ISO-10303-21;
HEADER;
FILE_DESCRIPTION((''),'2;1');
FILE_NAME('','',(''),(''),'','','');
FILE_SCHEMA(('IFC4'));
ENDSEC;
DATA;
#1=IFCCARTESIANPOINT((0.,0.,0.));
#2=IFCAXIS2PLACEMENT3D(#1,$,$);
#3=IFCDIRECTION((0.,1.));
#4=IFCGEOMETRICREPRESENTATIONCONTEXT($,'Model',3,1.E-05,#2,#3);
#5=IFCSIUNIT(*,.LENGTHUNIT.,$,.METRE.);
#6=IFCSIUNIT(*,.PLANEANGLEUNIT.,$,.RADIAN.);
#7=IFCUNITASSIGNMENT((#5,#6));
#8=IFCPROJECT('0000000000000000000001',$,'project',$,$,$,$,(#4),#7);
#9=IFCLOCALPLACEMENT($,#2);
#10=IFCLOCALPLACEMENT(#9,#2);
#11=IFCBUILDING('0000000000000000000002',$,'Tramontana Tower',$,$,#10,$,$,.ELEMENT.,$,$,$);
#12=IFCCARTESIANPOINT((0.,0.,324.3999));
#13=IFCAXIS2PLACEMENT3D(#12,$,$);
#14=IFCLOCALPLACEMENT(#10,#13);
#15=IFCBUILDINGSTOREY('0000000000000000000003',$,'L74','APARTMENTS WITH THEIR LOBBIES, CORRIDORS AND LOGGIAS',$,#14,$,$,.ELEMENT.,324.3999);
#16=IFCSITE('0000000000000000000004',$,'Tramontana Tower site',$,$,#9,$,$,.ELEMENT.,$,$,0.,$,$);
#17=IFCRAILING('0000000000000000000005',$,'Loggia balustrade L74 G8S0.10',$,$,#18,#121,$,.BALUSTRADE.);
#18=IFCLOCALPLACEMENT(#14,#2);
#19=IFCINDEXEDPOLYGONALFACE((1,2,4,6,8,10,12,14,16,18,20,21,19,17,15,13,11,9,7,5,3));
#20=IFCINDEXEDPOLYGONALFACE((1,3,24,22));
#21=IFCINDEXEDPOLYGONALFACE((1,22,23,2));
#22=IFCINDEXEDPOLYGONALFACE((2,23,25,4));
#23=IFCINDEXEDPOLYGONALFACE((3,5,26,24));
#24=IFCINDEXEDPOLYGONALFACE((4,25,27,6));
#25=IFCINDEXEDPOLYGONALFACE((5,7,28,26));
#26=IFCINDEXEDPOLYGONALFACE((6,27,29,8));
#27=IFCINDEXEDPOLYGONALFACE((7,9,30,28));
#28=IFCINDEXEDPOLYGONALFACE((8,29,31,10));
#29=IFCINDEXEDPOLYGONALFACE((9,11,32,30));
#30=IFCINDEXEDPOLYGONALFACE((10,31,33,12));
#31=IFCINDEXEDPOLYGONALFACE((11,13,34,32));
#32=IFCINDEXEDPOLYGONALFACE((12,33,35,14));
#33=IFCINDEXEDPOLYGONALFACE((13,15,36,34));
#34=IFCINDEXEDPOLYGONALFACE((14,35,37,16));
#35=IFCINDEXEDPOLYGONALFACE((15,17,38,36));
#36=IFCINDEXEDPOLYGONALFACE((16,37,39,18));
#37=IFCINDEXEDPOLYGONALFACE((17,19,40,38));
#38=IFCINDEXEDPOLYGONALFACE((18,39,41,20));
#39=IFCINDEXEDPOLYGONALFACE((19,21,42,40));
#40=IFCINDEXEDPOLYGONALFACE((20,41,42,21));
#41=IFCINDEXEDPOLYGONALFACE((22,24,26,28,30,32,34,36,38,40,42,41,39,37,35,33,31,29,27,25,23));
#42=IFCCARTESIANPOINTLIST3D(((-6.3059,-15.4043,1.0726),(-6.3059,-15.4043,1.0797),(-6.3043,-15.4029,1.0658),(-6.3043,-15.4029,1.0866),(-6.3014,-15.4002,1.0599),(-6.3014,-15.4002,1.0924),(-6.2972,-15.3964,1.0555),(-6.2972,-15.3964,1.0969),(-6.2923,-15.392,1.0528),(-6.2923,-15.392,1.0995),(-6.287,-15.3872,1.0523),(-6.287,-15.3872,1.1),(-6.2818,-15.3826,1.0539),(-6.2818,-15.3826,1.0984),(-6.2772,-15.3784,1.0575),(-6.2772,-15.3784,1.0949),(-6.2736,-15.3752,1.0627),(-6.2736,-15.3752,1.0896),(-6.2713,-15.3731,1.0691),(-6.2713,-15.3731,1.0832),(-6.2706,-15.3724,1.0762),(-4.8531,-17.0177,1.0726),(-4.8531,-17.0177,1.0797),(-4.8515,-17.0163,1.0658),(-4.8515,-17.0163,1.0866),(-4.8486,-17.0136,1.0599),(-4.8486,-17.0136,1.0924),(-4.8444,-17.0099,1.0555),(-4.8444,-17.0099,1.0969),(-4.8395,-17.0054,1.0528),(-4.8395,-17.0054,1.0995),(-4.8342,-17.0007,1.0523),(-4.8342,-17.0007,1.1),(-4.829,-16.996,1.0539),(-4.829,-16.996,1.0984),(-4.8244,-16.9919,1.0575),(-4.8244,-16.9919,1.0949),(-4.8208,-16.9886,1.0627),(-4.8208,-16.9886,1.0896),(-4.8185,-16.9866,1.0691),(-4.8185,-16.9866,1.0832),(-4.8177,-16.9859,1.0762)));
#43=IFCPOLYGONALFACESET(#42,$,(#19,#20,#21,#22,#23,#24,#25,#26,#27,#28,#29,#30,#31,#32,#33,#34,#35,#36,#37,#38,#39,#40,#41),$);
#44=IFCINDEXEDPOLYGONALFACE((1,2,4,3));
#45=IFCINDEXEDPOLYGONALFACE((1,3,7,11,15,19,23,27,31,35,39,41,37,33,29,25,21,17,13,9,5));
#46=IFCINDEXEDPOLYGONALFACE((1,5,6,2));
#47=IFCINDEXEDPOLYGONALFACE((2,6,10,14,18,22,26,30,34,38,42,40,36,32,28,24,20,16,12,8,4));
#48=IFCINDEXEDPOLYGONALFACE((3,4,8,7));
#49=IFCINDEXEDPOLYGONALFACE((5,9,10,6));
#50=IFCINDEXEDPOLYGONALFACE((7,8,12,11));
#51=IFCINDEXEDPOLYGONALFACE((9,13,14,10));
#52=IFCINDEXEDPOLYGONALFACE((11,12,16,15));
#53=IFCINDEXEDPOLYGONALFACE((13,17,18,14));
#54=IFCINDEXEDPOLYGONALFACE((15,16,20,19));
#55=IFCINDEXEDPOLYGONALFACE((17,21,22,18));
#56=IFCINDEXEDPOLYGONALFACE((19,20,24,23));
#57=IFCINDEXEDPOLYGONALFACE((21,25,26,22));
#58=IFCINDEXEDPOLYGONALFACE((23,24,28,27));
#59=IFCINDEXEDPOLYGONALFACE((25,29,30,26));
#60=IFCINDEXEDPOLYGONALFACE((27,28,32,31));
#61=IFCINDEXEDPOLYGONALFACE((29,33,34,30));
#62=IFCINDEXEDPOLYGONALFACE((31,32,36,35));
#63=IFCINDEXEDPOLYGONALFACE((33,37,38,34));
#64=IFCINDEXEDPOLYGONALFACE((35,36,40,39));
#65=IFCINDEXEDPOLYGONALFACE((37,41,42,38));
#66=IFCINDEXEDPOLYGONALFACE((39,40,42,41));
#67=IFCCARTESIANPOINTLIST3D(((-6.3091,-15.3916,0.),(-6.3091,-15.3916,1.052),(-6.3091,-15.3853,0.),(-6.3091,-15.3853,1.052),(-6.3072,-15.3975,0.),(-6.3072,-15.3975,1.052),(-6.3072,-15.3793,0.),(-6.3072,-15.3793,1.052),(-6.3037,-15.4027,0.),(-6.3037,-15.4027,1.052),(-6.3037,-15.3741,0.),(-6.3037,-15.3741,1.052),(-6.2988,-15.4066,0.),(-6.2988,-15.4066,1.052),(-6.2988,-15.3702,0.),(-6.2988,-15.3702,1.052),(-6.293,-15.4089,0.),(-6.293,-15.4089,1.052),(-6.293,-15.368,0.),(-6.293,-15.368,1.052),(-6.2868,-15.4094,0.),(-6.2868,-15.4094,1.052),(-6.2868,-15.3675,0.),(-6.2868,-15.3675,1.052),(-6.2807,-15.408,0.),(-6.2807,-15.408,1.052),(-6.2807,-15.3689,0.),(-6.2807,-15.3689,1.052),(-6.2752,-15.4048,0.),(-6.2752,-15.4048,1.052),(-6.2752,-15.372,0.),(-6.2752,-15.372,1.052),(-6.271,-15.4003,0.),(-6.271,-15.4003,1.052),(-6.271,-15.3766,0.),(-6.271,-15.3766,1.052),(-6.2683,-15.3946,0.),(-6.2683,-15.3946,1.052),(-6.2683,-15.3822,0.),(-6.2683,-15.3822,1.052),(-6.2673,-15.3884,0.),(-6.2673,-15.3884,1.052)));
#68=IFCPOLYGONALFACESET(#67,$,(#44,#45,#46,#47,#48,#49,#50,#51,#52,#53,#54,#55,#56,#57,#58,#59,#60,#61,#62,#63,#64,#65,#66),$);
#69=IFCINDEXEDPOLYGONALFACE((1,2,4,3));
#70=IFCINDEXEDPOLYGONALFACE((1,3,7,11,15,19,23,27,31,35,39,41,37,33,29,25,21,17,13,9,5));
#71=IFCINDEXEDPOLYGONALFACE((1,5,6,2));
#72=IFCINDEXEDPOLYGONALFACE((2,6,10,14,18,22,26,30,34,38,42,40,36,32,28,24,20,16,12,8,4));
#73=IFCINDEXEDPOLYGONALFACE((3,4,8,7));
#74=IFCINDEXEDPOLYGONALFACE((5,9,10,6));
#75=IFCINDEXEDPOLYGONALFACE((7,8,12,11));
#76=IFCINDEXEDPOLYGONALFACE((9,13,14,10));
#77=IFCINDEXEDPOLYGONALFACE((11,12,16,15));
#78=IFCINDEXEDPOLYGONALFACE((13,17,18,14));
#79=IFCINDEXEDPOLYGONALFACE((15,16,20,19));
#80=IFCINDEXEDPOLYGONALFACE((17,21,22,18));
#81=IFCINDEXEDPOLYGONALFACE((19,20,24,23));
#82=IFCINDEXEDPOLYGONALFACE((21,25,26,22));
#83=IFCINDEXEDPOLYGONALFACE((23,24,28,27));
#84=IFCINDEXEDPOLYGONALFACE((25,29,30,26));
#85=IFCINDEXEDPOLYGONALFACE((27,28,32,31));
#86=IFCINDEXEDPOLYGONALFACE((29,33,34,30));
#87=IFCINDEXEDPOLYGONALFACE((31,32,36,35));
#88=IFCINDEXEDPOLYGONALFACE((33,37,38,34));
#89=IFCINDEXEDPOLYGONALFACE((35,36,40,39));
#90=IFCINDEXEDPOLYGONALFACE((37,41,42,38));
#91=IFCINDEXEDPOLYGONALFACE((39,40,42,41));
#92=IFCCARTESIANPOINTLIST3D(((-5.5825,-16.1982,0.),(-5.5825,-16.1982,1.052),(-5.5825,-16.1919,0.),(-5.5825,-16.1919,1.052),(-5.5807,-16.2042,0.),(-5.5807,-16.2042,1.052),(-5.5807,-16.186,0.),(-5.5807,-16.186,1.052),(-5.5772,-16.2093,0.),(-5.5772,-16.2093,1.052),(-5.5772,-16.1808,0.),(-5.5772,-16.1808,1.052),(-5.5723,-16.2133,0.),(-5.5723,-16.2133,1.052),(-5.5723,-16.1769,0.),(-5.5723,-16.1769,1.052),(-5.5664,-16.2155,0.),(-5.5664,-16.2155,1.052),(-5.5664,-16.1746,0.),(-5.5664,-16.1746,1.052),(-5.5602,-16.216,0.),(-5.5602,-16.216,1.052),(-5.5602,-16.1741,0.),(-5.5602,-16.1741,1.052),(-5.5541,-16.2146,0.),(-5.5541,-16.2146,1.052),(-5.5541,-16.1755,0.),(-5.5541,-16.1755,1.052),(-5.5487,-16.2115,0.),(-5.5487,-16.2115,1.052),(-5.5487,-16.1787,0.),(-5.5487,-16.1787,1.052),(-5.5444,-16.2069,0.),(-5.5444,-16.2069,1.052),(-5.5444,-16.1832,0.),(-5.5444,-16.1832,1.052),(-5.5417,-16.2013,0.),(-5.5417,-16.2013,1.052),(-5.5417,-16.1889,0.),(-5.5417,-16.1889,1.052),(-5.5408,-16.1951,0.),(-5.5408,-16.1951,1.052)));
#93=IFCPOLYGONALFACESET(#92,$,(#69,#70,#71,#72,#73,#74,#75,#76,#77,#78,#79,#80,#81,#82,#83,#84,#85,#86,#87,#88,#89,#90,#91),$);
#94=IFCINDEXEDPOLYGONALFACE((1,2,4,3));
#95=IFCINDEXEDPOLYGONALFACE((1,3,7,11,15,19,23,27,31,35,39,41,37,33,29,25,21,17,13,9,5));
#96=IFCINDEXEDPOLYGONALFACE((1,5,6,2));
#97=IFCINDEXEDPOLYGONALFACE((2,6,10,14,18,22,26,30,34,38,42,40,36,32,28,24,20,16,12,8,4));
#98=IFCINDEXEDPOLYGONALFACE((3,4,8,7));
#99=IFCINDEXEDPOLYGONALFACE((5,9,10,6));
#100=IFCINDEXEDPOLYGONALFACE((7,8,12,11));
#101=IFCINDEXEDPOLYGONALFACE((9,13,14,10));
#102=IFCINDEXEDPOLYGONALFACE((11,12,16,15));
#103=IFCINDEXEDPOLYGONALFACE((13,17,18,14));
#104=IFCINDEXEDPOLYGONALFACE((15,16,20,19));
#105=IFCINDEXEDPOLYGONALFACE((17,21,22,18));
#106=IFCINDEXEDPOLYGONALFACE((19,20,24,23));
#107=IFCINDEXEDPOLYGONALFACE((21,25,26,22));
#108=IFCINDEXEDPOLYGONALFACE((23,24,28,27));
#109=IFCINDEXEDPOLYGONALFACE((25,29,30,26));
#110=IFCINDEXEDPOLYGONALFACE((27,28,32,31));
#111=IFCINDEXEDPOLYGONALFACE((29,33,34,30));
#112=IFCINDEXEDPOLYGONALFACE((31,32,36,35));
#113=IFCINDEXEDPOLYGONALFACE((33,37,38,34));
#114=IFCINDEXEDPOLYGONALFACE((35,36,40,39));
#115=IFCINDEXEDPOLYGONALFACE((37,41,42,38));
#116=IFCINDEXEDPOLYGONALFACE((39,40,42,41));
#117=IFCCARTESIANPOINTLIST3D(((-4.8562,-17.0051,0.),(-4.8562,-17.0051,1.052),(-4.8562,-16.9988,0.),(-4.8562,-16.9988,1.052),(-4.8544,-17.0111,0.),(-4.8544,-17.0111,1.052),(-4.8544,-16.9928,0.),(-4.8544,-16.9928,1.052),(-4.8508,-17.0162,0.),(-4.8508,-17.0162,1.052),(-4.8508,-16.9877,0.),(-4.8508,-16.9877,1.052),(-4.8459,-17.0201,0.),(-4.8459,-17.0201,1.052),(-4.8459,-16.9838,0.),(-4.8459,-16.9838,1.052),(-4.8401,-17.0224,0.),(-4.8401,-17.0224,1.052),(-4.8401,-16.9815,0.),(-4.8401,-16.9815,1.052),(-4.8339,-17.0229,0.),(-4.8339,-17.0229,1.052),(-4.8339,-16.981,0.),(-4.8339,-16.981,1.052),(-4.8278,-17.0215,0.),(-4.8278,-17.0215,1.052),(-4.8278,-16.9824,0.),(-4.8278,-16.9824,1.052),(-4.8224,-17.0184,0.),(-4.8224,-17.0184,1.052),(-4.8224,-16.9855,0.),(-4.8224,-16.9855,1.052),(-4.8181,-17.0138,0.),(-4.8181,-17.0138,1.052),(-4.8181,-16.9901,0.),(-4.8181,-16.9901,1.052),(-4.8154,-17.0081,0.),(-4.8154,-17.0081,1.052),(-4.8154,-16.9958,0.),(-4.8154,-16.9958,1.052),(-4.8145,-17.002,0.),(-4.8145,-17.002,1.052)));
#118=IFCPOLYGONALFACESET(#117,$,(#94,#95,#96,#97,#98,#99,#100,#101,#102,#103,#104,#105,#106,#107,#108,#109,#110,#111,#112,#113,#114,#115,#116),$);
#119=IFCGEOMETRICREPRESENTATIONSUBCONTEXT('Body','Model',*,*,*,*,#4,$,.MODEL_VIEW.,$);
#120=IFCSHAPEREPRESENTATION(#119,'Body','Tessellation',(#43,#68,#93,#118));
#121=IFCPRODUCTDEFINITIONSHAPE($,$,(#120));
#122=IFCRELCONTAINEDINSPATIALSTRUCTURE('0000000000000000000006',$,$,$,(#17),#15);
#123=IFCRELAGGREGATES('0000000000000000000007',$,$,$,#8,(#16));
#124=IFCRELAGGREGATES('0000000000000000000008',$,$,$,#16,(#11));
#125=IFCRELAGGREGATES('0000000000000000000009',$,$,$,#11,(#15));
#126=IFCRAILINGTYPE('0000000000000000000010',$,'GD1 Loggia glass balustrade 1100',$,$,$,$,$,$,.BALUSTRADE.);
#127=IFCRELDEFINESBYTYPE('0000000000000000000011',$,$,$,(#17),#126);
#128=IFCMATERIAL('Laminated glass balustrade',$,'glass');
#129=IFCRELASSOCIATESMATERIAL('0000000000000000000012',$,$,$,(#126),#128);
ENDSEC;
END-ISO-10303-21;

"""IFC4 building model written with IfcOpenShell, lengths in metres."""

from ifc_helpers import new_model, si_unit, direction, frame, origin, origin_2d, place, context, subcontext, project, spatial, circle, extrude, material, type_object, element, save


model = new_model("IFC4")

# Units and contexts
model_context = context("Model", 3, precision=1e-05, world=origin(), true_north=direction((0.0, 1.0)))
body_context = subcontext(model_context, "Body", "Model", "MODEL_VIEW")
ifc_project = project(units=[si_unit("LENGTHUNIT", "METRE"), si_unit("PLANEANGLEUNIT", "RADIAN")], contexts=[model_context])

# Site, building, storey
site_placement = place(None, origin())
site = spatial("IfcSite", under=ifc_project, at=site_placement, Name="Tramontana Tower site", CompositionType="ELEMENT", RefElevation=0.0)
building_placement = place(site_placement, origin())
building = spatial("IfcBuilding", under=site, at=building_placement, Name="Tramontana Tower", CompositionType="ELEMENT")
storey_placement = place(building_placement, frame((0.0, 0.0, 324.3999)))
storey = spatial("IfcBuildingStorey", under=building, at=storey_placement, Name="L74", Description="APARTMENTS WITH THEIR LOBBIES, CORRIDORS AND LOGGIAS", CompositionType="ELEMENT", Elevation=324.3999)

# Railing
ifc_material_1 = material(Name="Laminated glass balustrade", Category="glass")
railing_type = type_object("IfcRailingType", Name="GD1 Loggia glass balustrade 1100", PredefinedType="BALUSTRADE", material=ifc_material_1)
railing_1_placement = place(storey_placement, frame((-6.2883, -15.3884, 0.0)))
element("IfcRailing", 1, at=railing_1_placement, inside=storey, type_object=railing_type, Name="Loggia balustrade L74 G8S0.10", PredefinedType="BALUSTRADE", context=body_context, shape_type="SweptSolid", body=[
    extrude(circle(Radius=0.0239, at=origin_2d()), frame((0.0, 0.0, 1.0762), z_axis=(0.669145, -0.743132, 0.0), x_axis=(0.743132, 0.669145, 0.0)), (0.0, 0.0, 1.0), 2.1711),
    extrude(circle(Radius=0.021, at=origin_2d()), origin(), (0.0, 0.0, 1.0), 1.052),
    extrude(circle(Radius=0.021, at=origin_2d()), frame((0.7266, -0.8066, 0.0)), (0.0, 0.0, 1.0), 1.052),
    extrude(circle(Radius=0.021, at=origin_2d()), frame((1.4529, -1.6135, 0.0)), (0.0, 0.0, 1.0), 1.052),
])

save(model, "model.ifc")
